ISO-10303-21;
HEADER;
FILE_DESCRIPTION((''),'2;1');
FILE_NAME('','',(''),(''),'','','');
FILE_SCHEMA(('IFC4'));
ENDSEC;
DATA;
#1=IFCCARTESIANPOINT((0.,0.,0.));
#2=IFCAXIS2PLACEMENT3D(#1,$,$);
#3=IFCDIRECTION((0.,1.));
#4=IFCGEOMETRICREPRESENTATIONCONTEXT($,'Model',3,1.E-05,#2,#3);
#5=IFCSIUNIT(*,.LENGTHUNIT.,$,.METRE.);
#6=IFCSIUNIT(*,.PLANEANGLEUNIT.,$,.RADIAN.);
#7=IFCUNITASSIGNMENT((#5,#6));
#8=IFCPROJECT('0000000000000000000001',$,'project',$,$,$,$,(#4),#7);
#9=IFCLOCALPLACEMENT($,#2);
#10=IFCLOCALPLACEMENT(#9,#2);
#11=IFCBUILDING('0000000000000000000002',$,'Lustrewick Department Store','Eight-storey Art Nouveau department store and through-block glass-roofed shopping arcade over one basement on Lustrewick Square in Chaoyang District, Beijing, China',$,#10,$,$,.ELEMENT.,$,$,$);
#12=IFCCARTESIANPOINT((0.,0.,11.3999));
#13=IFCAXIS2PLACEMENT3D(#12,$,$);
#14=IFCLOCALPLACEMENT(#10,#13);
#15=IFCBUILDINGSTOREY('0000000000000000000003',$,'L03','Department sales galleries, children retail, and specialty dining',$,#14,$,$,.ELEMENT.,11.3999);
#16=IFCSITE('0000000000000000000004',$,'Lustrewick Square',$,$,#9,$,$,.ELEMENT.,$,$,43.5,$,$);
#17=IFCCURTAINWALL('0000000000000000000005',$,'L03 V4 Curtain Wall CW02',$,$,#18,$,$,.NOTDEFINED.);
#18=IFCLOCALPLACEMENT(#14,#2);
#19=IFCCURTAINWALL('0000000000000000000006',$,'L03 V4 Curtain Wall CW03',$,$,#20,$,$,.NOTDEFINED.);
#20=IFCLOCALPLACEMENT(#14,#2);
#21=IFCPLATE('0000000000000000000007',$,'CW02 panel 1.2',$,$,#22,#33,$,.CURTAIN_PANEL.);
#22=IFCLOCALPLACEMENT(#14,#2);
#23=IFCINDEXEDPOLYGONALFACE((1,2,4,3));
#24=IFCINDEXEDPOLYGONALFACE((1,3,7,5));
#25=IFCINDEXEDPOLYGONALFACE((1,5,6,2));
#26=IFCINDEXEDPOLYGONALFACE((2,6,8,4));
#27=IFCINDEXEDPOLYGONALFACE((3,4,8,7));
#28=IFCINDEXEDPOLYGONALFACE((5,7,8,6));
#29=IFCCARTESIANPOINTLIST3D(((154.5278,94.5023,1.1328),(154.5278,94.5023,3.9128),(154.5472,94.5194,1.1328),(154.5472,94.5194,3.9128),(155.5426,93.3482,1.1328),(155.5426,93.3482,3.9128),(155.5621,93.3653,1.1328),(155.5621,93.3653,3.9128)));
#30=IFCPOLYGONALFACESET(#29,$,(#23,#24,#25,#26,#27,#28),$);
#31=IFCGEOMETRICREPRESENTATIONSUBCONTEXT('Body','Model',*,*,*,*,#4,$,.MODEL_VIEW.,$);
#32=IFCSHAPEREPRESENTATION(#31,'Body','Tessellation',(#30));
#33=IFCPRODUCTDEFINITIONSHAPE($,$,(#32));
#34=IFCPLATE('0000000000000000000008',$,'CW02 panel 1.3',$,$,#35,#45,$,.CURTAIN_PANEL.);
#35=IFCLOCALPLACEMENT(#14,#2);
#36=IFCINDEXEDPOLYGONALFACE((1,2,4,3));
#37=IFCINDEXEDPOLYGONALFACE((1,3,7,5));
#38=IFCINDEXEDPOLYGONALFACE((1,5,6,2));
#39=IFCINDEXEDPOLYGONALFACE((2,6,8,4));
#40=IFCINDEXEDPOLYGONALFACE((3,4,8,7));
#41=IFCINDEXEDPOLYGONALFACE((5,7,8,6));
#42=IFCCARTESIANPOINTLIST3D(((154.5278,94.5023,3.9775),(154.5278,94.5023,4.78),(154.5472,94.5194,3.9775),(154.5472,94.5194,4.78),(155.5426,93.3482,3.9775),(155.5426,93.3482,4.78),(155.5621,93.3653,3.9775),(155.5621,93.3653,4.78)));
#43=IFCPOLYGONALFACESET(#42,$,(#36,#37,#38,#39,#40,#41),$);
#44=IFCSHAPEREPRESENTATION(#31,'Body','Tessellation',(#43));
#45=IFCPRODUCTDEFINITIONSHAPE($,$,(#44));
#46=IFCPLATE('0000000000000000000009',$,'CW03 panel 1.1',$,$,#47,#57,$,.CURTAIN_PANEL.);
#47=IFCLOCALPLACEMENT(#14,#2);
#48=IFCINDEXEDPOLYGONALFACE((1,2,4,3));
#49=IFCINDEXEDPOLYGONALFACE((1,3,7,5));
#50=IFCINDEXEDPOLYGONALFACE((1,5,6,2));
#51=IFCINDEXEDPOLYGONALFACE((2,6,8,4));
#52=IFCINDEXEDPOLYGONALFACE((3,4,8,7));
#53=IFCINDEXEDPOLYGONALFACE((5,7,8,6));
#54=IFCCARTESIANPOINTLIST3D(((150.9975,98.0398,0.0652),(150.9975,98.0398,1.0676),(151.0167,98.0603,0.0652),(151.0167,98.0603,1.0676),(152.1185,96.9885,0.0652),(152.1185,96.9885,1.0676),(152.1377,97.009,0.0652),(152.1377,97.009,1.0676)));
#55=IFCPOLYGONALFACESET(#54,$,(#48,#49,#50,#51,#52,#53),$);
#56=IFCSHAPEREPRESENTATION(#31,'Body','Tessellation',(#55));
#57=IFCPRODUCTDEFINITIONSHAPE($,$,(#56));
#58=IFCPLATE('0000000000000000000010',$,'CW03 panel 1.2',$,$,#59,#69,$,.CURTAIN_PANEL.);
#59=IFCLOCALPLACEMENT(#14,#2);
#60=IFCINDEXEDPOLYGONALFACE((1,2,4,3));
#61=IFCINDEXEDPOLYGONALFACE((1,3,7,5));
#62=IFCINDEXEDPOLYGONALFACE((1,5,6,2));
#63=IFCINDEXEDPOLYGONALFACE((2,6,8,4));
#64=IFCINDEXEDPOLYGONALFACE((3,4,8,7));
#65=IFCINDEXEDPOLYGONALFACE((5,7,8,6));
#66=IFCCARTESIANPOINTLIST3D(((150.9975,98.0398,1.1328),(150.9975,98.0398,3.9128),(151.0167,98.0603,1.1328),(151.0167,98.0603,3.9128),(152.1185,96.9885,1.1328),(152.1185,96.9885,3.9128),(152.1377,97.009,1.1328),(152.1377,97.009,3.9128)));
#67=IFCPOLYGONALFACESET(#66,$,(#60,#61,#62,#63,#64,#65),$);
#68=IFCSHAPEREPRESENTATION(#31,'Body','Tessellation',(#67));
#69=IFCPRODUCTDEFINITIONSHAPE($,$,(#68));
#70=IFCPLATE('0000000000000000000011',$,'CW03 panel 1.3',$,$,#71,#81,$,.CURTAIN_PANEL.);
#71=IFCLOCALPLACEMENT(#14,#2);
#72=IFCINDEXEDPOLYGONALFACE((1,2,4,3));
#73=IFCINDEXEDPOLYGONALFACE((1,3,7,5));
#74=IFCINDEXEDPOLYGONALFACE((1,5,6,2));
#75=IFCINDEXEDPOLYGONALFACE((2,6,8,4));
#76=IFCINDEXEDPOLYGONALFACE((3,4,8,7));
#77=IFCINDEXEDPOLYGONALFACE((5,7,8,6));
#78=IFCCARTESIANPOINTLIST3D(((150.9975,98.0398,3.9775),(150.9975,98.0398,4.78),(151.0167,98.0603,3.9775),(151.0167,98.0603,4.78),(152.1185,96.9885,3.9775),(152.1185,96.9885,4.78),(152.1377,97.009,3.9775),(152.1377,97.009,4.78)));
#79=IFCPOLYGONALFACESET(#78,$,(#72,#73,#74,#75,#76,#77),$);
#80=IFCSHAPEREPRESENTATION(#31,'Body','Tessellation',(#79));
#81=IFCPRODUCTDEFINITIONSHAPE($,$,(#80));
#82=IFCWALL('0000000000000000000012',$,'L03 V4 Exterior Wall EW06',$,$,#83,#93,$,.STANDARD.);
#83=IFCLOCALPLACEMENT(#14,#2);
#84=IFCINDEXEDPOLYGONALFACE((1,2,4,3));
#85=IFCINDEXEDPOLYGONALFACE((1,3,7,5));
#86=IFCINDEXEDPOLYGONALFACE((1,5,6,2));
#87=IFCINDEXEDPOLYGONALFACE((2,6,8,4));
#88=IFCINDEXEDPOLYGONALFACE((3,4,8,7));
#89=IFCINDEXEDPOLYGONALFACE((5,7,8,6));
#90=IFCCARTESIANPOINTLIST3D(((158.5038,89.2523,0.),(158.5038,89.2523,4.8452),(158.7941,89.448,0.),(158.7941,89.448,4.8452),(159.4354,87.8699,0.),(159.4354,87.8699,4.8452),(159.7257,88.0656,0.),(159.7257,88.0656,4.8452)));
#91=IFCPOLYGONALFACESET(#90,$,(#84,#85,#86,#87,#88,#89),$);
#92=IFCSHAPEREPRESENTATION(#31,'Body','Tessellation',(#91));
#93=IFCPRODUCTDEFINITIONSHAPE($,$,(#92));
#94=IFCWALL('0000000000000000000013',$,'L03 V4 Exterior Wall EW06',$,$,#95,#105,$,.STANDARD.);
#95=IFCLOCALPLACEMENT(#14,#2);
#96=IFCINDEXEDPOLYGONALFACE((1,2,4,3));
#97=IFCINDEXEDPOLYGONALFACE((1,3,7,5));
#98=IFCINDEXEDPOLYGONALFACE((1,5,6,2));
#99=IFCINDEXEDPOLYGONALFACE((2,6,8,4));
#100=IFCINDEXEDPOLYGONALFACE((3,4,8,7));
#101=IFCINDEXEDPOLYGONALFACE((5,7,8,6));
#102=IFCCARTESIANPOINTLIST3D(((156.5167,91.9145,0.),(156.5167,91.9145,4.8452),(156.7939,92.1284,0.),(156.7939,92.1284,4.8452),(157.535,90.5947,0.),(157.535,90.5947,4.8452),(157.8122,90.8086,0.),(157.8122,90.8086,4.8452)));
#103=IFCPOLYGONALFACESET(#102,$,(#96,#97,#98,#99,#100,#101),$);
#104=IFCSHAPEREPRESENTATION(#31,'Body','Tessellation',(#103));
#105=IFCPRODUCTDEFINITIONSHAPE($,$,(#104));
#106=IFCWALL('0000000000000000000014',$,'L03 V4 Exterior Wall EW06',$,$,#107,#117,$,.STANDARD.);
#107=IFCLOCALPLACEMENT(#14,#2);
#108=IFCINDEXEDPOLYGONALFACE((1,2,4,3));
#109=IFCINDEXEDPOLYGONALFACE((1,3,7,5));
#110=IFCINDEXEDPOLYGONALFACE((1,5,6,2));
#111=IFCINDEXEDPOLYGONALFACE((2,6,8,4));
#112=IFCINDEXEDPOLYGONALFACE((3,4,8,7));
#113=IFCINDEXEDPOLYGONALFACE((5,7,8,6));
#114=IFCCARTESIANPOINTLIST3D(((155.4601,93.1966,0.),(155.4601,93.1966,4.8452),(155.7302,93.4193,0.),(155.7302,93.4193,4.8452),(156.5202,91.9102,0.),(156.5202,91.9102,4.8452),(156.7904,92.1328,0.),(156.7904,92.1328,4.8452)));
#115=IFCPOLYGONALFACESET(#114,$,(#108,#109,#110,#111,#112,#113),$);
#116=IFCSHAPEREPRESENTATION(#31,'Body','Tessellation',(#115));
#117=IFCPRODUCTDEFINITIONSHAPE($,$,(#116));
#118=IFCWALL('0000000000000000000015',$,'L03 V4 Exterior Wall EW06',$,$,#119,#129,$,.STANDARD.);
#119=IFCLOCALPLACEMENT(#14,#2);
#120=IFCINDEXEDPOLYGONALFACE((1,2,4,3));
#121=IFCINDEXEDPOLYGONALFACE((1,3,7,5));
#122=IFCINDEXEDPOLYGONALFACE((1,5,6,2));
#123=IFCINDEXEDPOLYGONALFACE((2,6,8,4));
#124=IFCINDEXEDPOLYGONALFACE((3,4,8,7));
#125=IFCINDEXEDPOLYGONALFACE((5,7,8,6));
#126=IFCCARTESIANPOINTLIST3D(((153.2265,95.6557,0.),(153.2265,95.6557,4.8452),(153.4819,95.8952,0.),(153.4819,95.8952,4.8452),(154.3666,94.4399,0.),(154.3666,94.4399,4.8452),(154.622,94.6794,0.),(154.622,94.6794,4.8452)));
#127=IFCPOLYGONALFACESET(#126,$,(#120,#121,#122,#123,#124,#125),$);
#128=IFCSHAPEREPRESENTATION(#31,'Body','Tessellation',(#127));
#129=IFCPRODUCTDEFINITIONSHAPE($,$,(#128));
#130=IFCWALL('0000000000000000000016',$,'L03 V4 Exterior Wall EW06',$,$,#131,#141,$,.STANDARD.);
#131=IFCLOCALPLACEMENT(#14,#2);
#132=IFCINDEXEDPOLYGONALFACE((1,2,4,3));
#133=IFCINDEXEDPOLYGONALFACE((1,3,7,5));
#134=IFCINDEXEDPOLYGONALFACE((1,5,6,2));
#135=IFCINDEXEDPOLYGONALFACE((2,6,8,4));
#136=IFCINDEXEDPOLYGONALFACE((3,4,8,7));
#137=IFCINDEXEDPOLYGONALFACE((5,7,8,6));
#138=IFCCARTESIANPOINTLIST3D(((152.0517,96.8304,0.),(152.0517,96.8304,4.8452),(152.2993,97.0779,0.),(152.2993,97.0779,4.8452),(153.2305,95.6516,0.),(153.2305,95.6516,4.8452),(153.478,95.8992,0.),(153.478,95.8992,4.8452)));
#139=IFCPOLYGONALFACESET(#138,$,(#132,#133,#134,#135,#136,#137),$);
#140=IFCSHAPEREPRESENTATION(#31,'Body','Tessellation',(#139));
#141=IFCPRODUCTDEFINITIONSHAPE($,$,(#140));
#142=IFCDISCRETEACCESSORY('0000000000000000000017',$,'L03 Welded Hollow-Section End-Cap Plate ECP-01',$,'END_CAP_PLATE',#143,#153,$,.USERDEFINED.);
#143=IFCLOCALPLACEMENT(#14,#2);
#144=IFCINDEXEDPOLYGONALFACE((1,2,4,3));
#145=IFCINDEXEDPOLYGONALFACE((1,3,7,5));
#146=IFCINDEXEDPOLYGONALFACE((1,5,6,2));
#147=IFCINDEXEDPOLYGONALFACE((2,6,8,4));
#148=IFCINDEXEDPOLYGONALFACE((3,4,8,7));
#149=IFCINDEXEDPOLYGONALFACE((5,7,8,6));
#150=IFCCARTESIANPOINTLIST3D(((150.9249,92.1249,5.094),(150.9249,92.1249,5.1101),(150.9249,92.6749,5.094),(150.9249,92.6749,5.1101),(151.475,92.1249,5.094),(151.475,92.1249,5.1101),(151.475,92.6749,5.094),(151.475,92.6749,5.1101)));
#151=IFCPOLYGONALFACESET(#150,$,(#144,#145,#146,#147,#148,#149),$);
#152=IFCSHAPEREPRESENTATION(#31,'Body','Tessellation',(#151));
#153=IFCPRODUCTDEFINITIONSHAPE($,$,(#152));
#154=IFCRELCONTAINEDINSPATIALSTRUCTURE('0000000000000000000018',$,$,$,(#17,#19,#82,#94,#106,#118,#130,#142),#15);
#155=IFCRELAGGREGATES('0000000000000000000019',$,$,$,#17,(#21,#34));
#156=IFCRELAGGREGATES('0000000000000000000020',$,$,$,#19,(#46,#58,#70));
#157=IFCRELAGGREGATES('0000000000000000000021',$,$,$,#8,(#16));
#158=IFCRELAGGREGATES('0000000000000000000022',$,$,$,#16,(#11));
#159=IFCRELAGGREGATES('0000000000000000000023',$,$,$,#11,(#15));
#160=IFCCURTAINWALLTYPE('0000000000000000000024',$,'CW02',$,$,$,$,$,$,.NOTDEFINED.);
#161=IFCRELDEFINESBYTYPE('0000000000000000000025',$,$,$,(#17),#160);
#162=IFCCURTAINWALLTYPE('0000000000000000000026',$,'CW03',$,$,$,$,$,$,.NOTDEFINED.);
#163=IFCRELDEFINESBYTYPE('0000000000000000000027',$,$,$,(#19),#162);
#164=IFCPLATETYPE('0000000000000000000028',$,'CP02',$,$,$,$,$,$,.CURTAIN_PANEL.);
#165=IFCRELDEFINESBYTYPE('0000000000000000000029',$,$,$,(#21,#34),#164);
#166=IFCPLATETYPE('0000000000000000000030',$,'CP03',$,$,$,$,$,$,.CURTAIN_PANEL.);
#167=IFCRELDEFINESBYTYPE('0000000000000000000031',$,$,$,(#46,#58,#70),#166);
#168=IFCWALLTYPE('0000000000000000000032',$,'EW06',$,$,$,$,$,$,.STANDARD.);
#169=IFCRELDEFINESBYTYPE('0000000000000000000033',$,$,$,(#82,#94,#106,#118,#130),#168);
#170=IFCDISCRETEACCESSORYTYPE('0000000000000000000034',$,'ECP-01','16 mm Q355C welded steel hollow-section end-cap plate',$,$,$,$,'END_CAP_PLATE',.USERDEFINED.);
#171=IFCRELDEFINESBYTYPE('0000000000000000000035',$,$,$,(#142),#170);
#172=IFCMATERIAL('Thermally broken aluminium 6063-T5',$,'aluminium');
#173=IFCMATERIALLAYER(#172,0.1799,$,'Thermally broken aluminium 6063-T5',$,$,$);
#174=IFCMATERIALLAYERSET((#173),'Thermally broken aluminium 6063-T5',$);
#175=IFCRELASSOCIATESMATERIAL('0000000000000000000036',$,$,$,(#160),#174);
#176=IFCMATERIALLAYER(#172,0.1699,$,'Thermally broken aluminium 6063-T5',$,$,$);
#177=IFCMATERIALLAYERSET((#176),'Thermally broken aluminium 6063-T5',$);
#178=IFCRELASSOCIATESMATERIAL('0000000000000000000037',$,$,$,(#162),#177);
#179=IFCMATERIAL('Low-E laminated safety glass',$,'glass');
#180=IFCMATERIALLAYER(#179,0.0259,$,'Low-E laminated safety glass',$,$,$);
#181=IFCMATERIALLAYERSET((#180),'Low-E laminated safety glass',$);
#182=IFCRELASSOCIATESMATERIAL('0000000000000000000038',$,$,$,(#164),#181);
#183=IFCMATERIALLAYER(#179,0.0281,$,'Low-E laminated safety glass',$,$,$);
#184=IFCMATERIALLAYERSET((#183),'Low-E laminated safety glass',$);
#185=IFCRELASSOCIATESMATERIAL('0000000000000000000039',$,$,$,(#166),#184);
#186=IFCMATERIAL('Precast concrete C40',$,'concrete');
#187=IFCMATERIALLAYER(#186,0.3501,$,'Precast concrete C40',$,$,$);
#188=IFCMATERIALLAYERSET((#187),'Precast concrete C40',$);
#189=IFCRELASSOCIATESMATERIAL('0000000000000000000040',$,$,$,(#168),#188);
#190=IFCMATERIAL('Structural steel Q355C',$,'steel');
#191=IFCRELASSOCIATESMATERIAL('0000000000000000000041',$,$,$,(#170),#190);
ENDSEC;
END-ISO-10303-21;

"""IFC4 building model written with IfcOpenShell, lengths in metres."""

from ifc_helpers import new_model, si_unit, direction, frame, frame_2d, origin, origin_2d, place, context, subcontext, project, spatial, rectangle, extrude, material, layer, layer_set, type_object, element, aggregate, save


model = new_model("IFC4")

# Units and contexts
model_context = context("Model", 3, precision=1e-05, world=origin(), true_north=direction((0.0, 1.0)))
body_context = subcontext(model_context, "Body", "Model", "MODEL_VIEW")
ifc_project = project(units=[si_unit("LENGTHUNIT", "METRE"), si_unit("PLANEANGLEUNIT", "RADIAN")], contexts=[model_context])

# Site, building, storey
site_placement = place(None, origin())
site = spatial("IfcSite", under=ifc_project, at=site_placement, Name="Lustrewick Square", CompositionType="ELEMENT", RefElevation=43.5)
building_placement = place(site_placement, origin())
building = spatial("IfcBuilding", under=site, at=building_placement, Name="Lustrewick Department Store", Description="Eight-storey Art Nouveau department store and through-block glass-roofed shopping arcade over one basement on Lustrewick Square in Chaoyang District, Beijing, China", CompositionType="ELEMENT")
storey_placement = place(building_placement, frame((0.0, 0.0, 11.3999)))
storey = spatial("IfcBuildingStorey", under=building, at=storey_placement, Name="L03", Description="Department sales galleries, children retail, and specialty dining", CompositionType="ELEMENT", Elevation=11.3999)

# Curtain walls
ifc_material_1 = material(Name="Thermally broken aluminium 6063-T5", Category="aluminium")
ifc_layer_1 = layer(ifc_material_1, 0.1799, Name="Thermally broken aluminium 6063-T5")
ifc_layer_set_1 = layer_set([ifc_layer_1], Name="Thermally broken aluminium 6063-T5")
curtain_wall_type_1 = type_object("IfcCurtainWallType", Name="CW02", PredefinedType="NOTDEFINED", material=ifc_layer_set_1)
curtain_wall_1_placement = place(storey_placement, origin())
curtain_wall_1 = element("IfcCurtainWall", 1, at=curtain_wall_1_placement, inside=storey, type_object=curtain_wall_type_1, Name="L03 V4 Curtain Wall CW02", PredefinedType="NOTDEFINED")
ifc_layer_2 = layer(ifc_material_1, 0.1699, Name="Thermally broken aluminium 6063-T5")
ifc_layer_set_2 = layer_set([ifc_layer_2], Name="Thermally broken aluminium 6063-T5")
curtain_wall_type_2 = type_object("IfcCurtainWallType", Name="CW03", PredefinedType="NOTDEFINED", material=ifc_layer_set_2)
curtain_wall_2_placement = place(storey_placement, origin())
curtain_wall_2 = element("IfcCurtainWall", 2, at=curtain_wall_2_placement, inside=storey, type_object=curtain_wall_type_2, Name="L03 V4 Curtain Wall CW03", PredefinedType="NOTDEFINED")

# Plates
ifc_material_2 = material(Name="Low-E laminated safety glass", Category="glass")
ifc_layer_3 = layer(ifc_material_2, 0.0259, Name="Low-E laminated safety glass")
ifc_layer_set_3 = layer_set([ifc_layer_3], Name="Low-E laminated safety glass")
plate_type_1 = type_object("IfcPlateType", Name="CP02", PredefinedType="CURTAIN_PANEL", material=ifc_layer_set_3)
plate_1_placement = place(storey_placement, frame((155.0449, 93.9338, 1.1328), z_axis=(0.0, 0.0, 1.0), x_axis=(-0.660359, 0.75095, 0.0)))
plate_1 = element("IfcPlate", 3, at=plate_1_placement, type_object=plate_type_1, Name="CW02 panel 1.2", PredefinedType="CURTAIN_PANEL", context=body_context, shape_type="SweptSolid", body=[
    extrude(rectangle(XDim=1.5369, YDim=0.0259, at=origin_2d()), origin(), (0.0, 0.0, 1.0), 2.78),
])
plate_2_placement = place(storey_placement, frame((155.0449, 93.9338, 3.9775), z_axis=(0.0, 0.0, 1.0), x_axis=(-0.660359, 0.75095, 0.0)))
plate_2 = element("IfcPlate", 4, at=plate_2_placement, type_object=plate_type_1, Name="CW02 panel 1.3", PredefinedType="CURTAIN_PANEL", context=body_context, shape_type="SweptSolid", body=[
    extrude(rectangle(XDim=1.5369, YDim=0.0259, at=origin_2d()), origin(), (0.0, 0.0, 1.0), 0.8025),
])
aggregate(curtain_wall_1, [plate_1, plate_2])
ifc_layer_4 = layer(ifc_material_2, 0.0281, Name="Low-E laminated safety glass")
ifc_layer_set_4 = layer_set([ifc_layer_4], Name="Low-E laminated safety glass")
plate_type_2 = type_object("IfcPlateType", Name="CP03", PredefinedType="CURTAIN_PANEL", material=ifc_layer_set_4)
plate_3_placement = place(storey_placement, frame((151.5676, 97.5244, 0.0652), z_axis=(0.0, 0.0, 1.0), x_axis=(-0.729419, 0.684067, 0.0)))
plate_3 = element("IfcPlate", 5, at=plate_3_placement, type_object=plate_type_2, Name="CW03 panel 1.1", PredefinedType="CURTAIN_PANEL", context=body_context, shape_type="SweptSolid", body=[
    extrude(rectangle(XDim=1.5369, YDim=0.0281, at=origin_2d()), origin(), (0.0, 0.0, 1.0), 1.0024),
])
plate_4_placement = place(storey_placement, frame((151.5676, 97.5244, 1.1328), z_axis=(0.0, 0.0, 1.0), x_axis=(-0.729419, 0.684067, 0.0)))
plate_4 = element("IfcPlate", 6, at=plate_4_placement, type_object=plate_type_2, Name="CW03 panel 1.2", PredefinedType="CURTAIN_PANEL", context=body_context, shape_type="SweptSolid", body=[
    extrude(rectangle(XDim=1.5369, YDim=0.0281, at=origin_2d()), origin(), (0.0, 0.0, 1.0), 2.78),
])
plate_5_placement = place(storey_placement, frame((151.5676, 97.5244, 3.9775), z_axis=(0.0, 0.0, 1.0), x_axis=(-0.729419, 0.684067, 0.0)))
plate_5 = element("IfcPlate", 7, at=plate_5_placement, type_object=plate_type_2, Name="CW03 panel 1.3", PredefinedType="CURTAIN_PANEL", context=body_context, shape_type="SweptSolid", body=[
    extrude(rectangle(XDim=1.5369, YDim=0.0281, at=origin_2d()), origin(), (0.0, 0.0, 1.0), 0.8025),
])
aggregate(curtain_wall_2, [plate_3, plate_4, plate_5])

# Walls
ifc_material_3 = material(Name="Precast concrete C40", Category="concrete")
ifc_layer_5 = layer(ifc_material_3, 0.3501, Name="Precast concrete C40")
ifc_layer_set_5 = layer_set([ifc_layer_5], Name="Precast concrete C40")
wall_type = type_object("IfcWallType", Name="EW06", PredefinedType="STANDARD", material=ifc_layer_set_5)
for number, where, z_axis, x_axis, name in (
    (8, (159.5806, 87.9678, 0.0), (0.0, 0.0, 1.0), (-0.558884, 0.829246, 0.0), "L03 V4 Exterior Wall EW06"),
    (9, (157.6736, 90.7017, 0.0), (0.0, 0.0, 1.0), (-0.610864, 0.791736, 0.0), "L03 V4 Exterior Wall EW06"),
    (10, (156.6553, 92.0215, 0.0), (0.0, 0.0, 1.0), (-0.635954, 0.771727, 0.0), "L03 V4 Exterior Wall EW06"),
):
    element("IfcWall", number, at=place(storey_placement, frame(where, z_axis=z_axis, x_axis=x_axis)), inside=storey, type_object=wall_type, Name=name, PredefinedType="STANDARD", context=body_context, shape_type="SweptSolid", body=[
        extrude(rectangle(XDim=1.667, YDim=0.3501, at=frame_2d((0.8335, 0.0))), origin(), (0.0, 0.0, 1.0), 4.8452),
    ])
wall_1_placement = place(storey_placement, frame((154.4944, 94.5596, 0.0), z_axis=(0.0, 0.0, 1.0), x_axis=(-0.684039, 0.729446, 0.0)))
element("IfcWall", 11, at=wall_1_placement, inside=storey, type_object=wall_type, Name="L03 V4 Exterior Wall EW06", PredefinedType="STANDARD", context=body_context, shape_type="SweptSolid", body=[
    extrude(rectangle(XDim=1.6667, YDim=0.3501, at=frame_2d((0.8335, 0.0))), origin(), (0.0, 0.0, 1.0), 4.8452),
])
wall_2_placement = place(storey_placement, frame((153.3542, 95.7754, 0.0), z_axis=(0.0, 0.0, 1.0), x_axis=(-0.707107, 0.707107, 0.0)))
element("IfcWall", 12, at=wall_2_placement, inside=storey, type_object=wall_type, Name="L03 V4 Exterior Wall EW06", PredefinedType="STANDARD", context=body_context, shape_type="SweptSolid", body=[
    extrude(rectangle(XDim=1.667, YDim=0.3501, at=frame_2d((0.8335, 0.0))), origin(), (0.0, 0.0, 1.0), 4.8452),
])

# Discrete accessory
ifc_material_4 = material(Name="Structural steel Q355C", Category="steel")
discrete_accessory_type = type_object("IfcDiscreteAccessoryType", Name="ECP-01", Description="16 mm Q355C welded steel hollow-section end-cap plate", ElementType="END_CAP_PLATE", PredefinedType="USERDEFINED", material=ifc_material_4)
discrete_accessory_placement = place(storey_placement, frame((151.2, 92.3999, 5.094), z_axis=(0.0, 0.0, 1.0), x_axis=(1.0, 0.0, 0.0)))
element("IfcDiscreteAccessory", 13, at=discrete_accessory_placement, inside=storey, type_object=discrete_accessory_type, Name="L03 Welded Hollow-Section End-Cap Plate ECP-01", ObjectType="END_CAP_PLATE", PredefinedType="USERDEFINED", context=body_context, shape_type="SweptSolid", body=[
    extrude(rectangle(XDim=0.55, YDim=0.55, at=origin_2d()), origin(), (0.0, 0.0, 1.0), 0.0161),
])

save(model, "model.ifc")
